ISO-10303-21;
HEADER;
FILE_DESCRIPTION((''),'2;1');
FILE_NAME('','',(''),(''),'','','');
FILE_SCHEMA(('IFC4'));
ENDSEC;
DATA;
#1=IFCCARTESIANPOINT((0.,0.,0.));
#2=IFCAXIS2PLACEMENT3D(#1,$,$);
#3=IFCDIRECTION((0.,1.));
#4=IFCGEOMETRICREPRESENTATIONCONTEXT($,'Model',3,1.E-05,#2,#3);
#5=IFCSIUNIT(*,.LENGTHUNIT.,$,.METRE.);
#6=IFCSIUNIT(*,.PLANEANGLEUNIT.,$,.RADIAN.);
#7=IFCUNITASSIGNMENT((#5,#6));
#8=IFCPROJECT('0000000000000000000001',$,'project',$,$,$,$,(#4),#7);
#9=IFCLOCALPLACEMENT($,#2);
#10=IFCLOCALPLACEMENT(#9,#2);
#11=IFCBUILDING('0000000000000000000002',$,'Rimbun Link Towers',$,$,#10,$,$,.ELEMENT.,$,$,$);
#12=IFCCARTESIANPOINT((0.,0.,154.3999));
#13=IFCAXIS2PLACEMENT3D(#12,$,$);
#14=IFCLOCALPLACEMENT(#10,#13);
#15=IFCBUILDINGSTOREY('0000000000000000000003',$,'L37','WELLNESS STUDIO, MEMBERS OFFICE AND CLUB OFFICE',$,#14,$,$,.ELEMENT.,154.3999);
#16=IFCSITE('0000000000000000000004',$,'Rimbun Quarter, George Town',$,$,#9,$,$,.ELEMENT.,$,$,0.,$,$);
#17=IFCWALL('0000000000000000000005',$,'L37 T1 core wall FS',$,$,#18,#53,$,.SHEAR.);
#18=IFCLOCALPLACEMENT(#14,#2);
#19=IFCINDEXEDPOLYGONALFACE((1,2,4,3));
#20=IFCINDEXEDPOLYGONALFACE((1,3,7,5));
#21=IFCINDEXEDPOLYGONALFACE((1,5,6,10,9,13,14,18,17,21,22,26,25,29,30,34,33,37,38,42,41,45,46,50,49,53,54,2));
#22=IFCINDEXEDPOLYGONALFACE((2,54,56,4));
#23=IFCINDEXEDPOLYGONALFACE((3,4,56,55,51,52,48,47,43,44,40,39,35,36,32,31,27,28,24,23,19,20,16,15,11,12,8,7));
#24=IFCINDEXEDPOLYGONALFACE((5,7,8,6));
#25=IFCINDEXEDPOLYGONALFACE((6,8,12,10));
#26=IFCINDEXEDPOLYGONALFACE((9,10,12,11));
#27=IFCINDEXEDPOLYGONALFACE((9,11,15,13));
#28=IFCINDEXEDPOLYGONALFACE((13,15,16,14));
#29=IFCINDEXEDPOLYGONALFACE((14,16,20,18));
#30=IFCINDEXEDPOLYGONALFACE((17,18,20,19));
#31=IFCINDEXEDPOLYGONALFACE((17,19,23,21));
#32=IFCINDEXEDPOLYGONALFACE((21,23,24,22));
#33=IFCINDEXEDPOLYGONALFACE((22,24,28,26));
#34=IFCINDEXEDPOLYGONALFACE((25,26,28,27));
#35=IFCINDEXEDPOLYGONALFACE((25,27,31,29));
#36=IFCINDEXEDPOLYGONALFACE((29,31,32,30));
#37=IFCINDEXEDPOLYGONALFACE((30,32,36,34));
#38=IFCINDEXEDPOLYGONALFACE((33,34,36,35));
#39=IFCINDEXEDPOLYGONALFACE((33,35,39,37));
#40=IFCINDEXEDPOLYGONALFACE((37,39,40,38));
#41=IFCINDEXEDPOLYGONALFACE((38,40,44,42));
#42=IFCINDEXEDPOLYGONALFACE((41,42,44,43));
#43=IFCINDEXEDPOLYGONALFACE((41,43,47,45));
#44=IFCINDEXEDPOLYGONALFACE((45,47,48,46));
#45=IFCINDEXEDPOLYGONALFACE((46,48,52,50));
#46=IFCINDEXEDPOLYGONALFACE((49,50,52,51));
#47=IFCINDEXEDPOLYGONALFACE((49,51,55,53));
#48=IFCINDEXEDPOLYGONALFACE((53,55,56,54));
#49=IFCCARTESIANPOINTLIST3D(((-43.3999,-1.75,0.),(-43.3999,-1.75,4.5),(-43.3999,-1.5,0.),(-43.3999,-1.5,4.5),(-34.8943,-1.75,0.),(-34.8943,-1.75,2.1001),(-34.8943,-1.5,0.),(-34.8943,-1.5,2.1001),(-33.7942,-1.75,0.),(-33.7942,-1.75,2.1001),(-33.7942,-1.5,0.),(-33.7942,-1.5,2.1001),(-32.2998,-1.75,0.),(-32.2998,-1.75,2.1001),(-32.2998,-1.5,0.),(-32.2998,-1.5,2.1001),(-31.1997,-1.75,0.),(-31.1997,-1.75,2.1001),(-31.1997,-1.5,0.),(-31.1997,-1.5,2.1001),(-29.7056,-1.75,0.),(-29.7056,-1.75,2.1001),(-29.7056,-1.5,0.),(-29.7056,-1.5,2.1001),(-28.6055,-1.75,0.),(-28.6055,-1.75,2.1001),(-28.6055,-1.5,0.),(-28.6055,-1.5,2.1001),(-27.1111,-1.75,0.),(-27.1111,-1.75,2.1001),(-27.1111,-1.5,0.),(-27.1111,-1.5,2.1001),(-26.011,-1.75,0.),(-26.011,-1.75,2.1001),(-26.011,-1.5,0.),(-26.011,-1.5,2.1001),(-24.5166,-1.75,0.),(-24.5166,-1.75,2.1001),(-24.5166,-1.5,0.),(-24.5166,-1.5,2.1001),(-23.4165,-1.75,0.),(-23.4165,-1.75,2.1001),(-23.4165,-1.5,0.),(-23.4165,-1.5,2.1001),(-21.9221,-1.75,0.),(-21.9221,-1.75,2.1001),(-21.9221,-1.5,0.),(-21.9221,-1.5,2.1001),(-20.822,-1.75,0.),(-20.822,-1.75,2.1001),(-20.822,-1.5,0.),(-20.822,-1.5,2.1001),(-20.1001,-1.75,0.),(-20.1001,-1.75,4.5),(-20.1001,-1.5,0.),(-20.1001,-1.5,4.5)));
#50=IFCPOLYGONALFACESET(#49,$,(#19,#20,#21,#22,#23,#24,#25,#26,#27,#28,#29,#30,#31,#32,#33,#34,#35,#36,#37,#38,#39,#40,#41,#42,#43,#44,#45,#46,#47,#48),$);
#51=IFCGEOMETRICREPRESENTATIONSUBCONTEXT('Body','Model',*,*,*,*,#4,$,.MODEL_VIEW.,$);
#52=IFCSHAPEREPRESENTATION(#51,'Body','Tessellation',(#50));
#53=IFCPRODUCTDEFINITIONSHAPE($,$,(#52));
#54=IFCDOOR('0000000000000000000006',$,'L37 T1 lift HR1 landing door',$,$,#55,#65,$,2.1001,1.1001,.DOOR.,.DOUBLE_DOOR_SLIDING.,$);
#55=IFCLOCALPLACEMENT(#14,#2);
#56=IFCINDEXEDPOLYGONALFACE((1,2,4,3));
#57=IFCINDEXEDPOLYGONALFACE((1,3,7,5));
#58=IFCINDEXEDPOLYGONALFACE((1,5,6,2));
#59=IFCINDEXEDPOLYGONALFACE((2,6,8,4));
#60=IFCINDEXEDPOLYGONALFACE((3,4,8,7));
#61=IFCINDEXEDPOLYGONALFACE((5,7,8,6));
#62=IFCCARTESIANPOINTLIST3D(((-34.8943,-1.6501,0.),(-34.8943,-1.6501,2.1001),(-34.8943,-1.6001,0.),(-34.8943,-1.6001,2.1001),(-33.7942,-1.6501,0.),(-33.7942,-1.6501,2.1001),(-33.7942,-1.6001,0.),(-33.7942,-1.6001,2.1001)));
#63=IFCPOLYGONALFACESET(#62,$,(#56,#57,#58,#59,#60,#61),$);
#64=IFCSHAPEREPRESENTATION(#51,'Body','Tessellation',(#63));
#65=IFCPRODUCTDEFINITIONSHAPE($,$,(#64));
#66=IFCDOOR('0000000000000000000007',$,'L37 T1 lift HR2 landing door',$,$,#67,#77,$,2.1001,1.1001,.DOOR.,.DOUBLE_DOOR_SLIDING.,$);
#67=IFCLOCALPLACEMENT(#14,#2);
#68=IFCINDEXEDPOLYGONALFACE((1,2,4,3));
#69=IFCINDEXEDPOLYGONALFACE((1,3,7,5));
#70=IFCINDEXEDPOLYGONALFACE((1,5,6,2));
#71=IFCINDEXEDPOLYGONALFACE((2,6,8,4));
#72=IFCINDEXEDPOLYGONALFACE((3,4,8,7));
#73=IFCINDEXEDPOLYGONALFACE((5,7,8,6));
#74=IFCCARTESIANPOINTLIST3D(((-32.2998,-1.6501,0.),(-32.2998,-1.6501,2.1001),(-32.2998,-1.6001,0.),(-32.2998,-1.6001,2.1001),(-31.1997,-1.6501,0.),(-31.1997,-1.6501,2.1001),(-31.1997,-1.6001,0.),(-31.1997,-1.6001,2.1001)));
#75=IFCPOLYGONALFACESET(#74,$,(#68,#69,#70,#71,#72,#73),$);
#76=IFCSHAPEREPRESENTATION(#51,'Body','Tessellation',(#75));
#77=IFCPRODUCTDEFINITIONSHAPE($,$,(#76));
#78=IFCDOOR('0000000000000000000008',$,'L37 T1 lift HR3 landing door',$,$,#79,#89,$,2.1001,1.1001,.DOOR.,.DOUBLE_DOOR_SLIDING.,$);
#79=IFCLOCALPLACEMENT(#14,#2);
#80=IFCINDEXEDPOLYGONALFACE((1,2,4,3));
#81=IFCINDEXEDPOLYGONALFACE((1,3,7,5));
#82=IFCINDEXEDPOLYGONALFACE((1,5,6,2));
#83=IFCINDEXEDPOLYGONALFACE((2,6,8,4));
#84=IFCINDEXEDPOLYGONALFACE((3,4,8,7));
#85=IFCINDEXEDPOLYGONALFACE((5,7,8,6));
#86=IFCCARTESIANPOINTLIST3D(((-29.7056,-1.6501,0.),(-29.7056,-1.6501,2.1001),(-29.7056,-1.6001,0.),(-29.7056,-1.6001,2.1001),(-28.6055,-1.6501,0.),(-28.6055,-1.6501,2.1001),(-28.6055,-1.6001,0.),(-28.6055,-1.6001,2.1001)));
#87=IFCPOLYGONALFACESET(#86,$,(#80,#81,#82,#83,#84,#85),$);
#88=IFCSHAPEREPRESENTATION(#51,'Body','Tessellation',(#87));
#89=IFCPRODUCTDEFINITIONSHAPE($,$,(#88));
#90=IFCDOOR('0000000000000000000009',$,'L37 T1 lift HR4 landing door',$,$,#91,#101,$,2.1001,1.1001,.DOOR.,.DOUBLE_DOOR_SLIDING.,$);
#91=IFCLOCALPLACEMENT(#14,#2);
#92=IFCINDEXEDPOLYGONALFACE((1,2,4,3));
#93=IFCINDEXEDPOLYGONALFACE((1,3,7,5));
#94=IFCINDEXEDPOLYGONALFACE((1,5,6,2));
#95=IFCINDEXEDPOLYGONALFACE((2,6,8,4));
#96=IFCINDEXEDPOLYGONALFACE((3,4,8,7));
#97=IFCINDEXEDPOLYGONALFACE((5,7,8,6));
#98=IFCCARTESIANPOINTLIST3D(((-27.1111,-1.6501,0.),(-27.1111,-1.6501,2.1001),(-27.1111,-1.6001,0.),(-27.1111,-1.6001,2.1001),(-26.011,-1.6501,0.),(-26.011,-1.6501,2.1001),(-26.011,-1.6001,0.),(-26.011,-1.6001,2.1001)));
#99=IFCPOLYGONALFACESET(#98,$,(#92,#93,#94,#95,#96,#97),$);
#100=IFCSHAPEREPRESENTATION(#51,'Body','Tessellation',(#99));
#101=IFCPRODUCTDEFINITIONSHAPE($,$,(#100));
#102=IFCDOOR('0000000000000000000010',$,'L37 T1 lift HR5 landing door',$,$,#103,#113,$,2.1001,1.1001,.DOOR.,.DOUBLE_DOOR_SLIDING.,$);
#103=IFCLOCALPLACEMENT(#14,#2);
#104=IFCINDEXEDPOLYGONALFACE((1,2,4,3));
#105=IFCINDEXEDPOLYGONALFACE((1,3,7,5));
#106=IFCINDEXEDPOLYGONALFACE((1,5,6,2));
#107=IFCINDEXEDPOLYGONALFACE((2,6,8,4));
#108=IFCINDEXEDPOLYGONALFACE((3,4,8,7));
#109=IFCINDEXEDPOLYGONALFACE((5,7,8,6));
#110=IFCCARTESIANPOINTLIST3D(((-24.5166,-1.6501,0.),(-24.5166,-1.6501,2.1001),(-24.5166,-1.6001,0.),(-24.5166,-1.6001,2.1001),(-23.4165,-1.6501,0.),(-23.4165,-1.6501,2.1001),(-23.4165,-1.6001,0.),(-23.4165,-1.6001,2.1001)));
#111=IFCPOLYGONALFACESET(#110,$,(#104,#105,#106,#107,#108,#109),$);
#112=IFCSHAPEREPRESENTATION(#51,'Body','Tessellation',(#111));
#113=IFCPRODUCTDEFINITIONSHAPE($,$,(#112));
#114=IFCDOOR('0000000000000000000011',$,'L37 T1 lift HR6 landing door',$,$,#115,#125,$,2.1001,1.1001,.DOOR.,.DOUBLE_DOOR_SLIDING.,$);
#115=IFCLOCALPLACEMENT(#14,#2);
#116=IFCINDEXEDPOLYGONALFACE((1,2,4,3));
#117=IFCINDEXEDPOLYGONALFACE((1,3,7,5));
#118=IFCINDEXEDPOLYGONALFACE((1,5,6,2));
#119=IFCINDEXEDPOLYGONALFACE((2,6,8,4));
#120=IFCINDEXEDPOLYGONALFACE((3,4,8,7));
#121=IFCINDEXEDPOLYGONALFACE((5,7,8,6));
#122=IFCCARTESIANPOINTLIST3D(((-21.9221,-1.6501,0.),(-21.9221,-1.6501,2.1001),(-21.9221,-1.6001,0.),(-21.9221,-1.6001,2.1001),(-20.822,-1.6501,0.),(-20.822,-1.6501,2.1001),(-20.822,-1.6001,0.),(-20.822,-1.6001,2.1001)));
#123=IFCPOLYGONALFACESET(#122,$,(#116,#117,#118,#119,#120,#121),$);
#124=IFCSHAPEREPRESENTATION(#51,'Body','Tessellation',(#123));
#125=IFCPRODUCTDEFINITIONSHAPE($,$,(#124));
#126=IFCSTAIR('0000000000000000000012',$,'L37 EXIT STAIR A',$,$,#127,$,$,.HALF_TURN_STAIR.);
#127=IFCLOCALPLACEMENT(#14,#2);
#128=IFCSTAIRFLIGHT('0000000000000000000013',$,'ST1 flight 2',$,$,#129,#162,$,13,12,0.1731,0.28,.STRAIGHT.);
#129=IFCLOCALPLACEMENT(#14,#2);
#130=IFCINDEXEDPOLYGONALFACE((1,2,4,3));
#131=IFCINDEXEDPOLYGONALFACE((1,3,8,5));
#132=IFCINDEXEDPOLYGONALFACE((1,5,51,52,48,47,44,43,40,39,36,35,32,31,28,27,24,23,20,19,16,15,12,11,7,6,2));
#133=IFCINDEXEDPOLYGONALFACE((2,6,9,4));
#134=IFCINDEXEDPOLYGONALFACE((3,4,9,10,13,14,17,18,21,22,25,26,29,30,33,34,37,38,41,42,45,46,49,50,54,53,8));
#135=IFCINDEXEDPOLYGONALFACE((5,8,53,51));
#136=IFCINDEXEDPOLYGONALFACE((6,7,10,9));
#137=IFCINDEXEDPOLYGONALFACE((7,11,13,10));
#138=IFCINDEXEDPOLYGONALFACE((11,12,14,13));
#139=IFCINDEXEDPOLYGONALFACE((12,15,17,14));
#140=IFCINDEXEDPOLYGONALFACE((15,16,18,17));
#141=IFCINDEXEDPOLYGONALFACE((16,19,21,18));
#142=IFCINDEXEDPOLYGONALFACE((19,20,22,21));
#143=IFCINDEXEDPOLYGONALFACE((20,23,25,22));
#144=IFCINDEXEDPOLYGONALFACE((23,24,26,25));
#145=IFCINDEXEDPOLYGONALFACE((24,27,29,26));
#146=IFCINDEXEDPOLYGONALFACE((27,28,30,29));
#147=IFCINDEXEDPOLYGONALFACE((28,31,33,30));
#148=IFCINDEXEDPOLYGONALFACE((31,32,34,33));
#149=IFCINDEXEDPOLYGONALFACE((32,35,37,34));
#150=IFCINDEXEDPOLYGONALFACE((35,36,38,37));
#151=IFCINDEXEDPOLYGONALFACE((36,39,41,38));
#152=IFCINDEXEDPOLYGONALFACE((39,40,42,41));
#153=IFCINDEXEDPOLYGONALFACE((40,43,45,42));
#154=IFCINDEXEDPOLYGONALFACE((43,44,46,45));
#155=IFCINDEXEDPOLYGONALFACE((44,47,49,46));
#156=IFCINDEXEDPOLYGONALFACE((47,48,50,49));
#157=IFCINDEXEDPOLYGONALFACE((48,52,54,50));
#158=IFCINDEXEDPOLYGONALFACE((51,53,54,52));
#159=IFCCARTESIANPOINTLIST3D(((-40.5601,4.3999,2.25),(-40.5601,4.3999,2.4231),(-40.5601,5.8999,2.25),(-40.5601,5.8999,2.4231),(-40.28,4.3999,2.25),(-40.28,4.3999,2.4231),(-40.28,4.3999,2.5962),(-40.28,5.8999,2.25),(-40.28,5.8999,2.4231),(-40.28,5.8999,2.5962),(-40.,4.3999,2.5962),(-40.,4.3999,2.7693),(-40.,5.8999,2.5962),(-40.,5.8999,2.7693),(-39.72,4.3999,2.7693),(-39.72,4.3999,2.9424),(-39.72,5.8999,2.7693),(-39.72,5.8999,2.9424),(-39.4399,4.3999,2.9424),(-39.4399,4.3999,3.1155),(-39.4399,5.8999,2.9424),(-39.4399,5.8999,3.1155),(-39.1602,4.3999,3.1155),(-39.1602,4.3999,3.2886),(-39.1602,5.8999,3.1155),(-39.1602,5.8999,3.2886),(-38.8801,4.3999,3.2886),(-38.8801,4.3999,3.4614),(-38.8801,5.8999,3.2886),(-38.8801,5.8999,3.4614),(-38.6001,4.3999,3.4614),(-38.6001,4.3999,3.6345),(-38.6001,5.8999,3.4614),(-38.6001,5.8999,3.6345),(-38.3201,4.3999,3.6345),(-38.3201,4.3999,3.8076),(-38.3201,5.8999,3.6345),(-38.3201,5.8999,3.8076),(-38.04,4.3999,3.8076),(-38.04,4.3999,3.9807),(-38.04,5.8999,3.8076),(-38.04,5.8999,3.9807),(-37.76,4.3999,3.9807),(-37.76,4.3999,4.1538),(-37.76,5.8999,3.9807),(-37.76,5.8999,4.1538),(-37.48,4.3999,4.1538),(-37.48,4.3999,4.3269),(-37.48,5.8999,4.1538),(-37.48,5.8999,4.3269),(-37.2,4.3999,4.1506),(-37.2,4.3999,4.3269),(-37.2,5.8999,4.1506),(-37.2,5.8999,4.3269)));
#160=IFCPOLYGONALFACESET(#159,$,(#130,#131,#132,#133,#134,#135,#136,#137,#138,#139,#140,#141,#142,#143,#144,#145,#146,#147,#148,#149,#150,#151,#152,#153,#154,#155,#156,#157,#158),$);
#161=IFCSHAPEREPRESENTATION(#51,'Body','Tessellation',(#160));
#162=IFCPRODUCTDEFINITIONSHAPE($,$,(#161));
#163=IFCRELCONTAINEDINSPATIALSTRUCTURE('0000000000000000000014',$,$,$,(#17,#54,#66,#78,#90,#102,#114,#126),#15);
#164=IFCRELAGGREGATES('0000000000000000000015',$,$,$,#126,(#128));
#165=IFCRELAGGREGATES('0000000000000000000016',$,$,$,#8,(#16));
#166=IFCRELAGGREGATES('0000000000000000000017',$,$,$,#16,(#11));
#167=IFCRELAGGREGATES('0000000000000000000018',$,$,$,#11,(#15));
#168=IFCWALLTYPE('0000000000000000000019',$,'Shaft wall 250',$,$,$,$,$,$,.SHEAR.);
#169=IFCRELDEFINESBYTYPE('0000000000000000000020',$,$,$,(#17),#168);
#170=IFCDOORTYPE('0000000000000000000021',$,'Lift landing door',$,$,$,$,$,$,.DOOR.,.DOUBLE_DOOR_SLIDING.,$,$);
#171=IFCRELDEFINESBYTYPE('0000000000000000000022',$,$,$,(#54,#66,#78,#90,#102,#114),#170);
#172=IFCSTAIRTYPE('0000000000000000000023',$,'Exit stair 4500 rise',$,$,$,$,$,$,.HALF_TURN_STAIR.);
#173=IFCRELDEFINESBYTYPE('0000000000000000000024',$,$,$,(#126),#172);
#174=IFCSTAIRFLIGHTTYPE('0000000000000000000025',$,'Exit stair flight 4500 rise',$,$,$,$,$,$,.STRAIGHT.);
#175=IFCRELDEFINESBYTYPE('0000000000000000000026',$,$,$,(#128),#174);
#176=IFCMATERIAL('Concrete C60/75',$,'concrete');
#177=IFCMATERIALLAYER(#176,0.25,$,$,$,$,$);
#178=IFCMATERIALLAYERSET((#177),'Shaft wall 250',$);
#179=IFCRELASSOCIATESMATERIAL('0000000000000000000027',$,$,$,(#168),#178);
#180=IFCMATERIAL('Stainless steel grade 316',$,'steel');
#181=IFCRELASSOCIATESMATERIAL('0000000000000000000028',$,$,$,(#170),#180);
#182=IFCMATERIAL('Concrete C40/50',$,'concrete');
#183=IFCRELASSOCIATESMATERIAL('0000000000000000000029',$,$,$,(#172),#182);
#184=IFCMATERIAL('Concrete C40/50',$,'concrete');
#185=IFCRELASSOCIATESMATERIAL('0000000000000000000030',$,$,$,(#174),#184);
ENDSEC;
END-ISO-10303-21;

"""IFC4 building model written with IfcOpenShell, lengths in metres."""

from ifc_helpers import new_model, si_unit, direction, frame, frame_2d, origin, place, context, subcontext, project, spatial, polyline, rectangle, outline, extrude, material, layer, layer_set, type_object, element, fill, aggregate, save


model = new_model("IFC4")

# Units and contexts
model_context = context("Model", 3, precision=1e-05, world=origin(), true_north=direction((0.0, 1.0)))
body_context = subcontext(model_context, "Body", "Model", "MODEL_VIEW")
ifc_project = project(units=[si_unit("LENGTHUNIT", "METRE"), si_unit("PLANEANGLEUNIT", "RADIAN")], contexts=[model_context])

# Site, building, storey
site_placement = place(None, origin())
site = spatial("IfcSite", under=ifc_project, at=site_placement, Name="Rimbun Quarter, George Town", CompositionType="ELEMENT", RefElevation=0.0)
building_placement = place(site_placement, origin())
building = spatial("IfcBuilding", under=site, at=building_placement, Name="Rimbun Link Towers", CompositionType="ELEMENT")
storey_placement = place(building_placement, frame((0.0, 0.0, 154.3999)))
storey = spatial("IfcBuildingStorey", under=building, at=storey_placement, Name="L37", Description="WELLNESS STUDIO, MEMBERS OFFICE AND CLUB OFFICE", CompositionType="ELEMENT", Elevation=154.3999)

# Shared definitions
ifc_material_1 = material(Name="Concrete C60/75", Category="concrete")
ifc_layer_1 = layer(ifc_material_1, 0.25)
ifc_layer_set_1 = layer_set([ifc_layer_1], Name="Shaft wall 250")
wall_type_1 = type_object("IfcWallType", Name="Shaft wall 250", PredefinedType="SHEAR", material=ifc_layer_set_1)

# Wall, openings, doors
wall_1_placement = place(storey_placement, frame((-43.3999, -1.625, 0.0), z_axis=(0.0, 0.0, 1.0), x_axis=(1.0, 0.0, 0.0)))
wall_1 = element("IfcWall", 1, at=wall_1_placement, inside=storey, type_object=wall_type_1, Name="L37 T1 core wall FS", PredefinedType="SHEAR", context=body_context, shape_type="SweptSolid", body=[
    extrude(rectangle(XDim=23.2998, YDim=0.25, at=frame_2d((11.6499, 0.0))), origin(), (0.0, 0.0, 1.0), 4.5),
])
opening_1_placement = place(wall_1_placement, frame((8.5056, 0.0, 0.0)))
opening_1 = element("IfcOpeningElement", 2, at=opening_1_placement, cuts=wall_1, PredefinedType="OPENING", context=body_context, shape_type="SweptSolid", body=[
    extrude(rectangle(XDim=1.1001, YDim=2.1001, at=frame_2d((0.55, 1.05))), frame((0.0, 0.135, 0.0), z_axis=(0.0, -1.0, 0.0), x_axis=(1.0, 0.0, 0.0)), (0.0, 0.0, 1.0), 0.27),
])
opening_2_placement = place(wall_1_placement, frame((11.1001, 0.0, 0.0)))
opening_2 = element("IfcOpeningElement", 3, at=opening_2_placement, cuts=wall_1, PredefinedType="OPENING", context=body_context, shape_type="SweptSolid", body=[
    extrude(rectangle(XDim=1.1001, YDim=2.1001, at=frame_2d((0.55, 1.05))), frame((0.0, 0.135, 0.0), z_axis=(0.0, -1.0, 0.0), x_axis=(1.0, 0.0, 0.0)), (0.0, 0.0, 1.0), 0.27),
])
opening_3_placement = place(wall_1_placement, frame((13.6943, 0.0, 0.0)))
opening_3 = element("IfcOpeningElement", 4, at=opening_3_placement, cuts=wall_1, PredefinedType="OPENING", context=body_context, shape_type="SweptSolid", body=[
    extrude(rectangle(XDim=1.1001, YDim=2.1001, at=frame_2d((0.55, 1.05))), frame((0.0, 0.135, 0.0), z_axis=(0.0, -1.0, 0.0), x_axis=(1.0, 0.0, 0.0)), (0.0, 0.0, 1.0), 0.27),
])
opening_4_placement = place(wall_1_placement, frame((16.2888, 0.0, 0.0)))
opening_4 = element("IfcOpeningElement", 5, at=opening_4_placement, cuts=wall_1, PredefinedType="OPENING", context=body_context, shape_type="SweptSolid", body=[
    extrude(rectangle(XDim=1.1001, YDim=2.1001, at=frame_2d((0.55, 1.05))), frame((0.0, 0.135, 0.0), z_axis=(0.0, -1.0, 0.0), x_axis=(1.0, 0.0, 0.0)), (0.0, 0.0, 1.0), 0.27),
])
opening_5_placement = place(wall_1_placement, frame((18.8833, 0.0, 0.0)))
opening_5 = element("IfcOpeningElement", 6, at=opening_5_placement, cuts=wall_1, PredefinedType="OPENING", context=body_context, shape_type="SweptSolid", body=[
    extrude(rectangle(XDim=1.1001, YDim=2.1001, at=frame_2d((0.55, 1.05))), frame((0.0, 0.135, 0.0), z_axis=(0.0, -1.0, 0.0), x_axis=(1.0, 0.0, 0.0)), (0.0, 0.0, 1.0), 0.27),
])
opening_6_placement = place(wall_1_placement, frame((21.4778, 0.0, 0.0)))
opening_6 = element("IfcOpeningElement", 7, at=opening_6_placement, cuts=wall_1, PredefinedType="OPENING", context=body_context, shape_type="SweptSolid", body=[
    extrude(rectangle(XDim=1.1001, YDim=2.1001, at=frame_2d((0.55, 1.05))), frame((0.0, 0.135, 0.0), z_axis=(0.0, -1.0, 0.0), x_axis=(1.0, 0.0, 0.0)), (0.0, 0.0, 1.0), 0.27),
])
ifc_material_2 = material(Name="Stainless steel grade 316", Category="steel")
door_type_1 = type_object("IfcDoorType", Name="Lift landing door", OperationType="DOUBLE_DOOR_SLIDING", PredefinedType="DOOR", material=ifc_material_2)
door_1_placement = place(opening_1_placement, origin())
door_1 = element("IfcDoor", 8, at=door_1_placement, inside=storey, type_object=door_type_1, Name="L37 T1 lift HR1 landing door", OperationType="DOUBLE_DOOR_SLIDING", OverallHeight=2.1001, OverallWidth=1.1001, PredefinedType="DOOR", context=body_context, shape_type="SweptSolid", body=[
    extrude(rectangle(XDim=1.1001, YDim=2.1001, at=frame_2d((0.55, 1.05))), frame((0.0, 0.0249, 0.0), z_axis=(0.0, -1.0, 0.0), x_axis=(1.0, 0.0, 0.0)), (0.0, 0.0, 1.0), 0.05),
])
fill(opening_1, door_1)
door_2_placement = place(opening_2_placement, origin())
door_2 = element("IfcDoor", 9, at=door_2_placement, inside=storey, type_object=door_type_1, Name="L37 T1 lift HR2 landing door", OperationType="DOUBLE_DOOR_SLIDING", OverallHeight=2.1001, OverallWidth=1.1001, PredefinedType="DOOR", context=body_context, shape_type="SweptSolid", body=[
    extrude(rectangle(XDim=1.1001, YDim=2.1001, at=frame_2d((0.55, 1.05))), frame((0.0, 0.0249, 0.0), z_axis=(0.0, -1.0, 0.0), x_axis=(1.0, 0.0, 0.0)), (0.0, 0.0, 1.0), 0.05),
])
fill(opening_2, door_2)
door_3_placement = place(opening_3_placement, origin())
door_3 = element("IfcDoor", 10, at=door_3_placement, inside=storey, type_object=door_type_1, Name="L37 T1 lift HR3 landing door", OperationType="DOUBLE_DOOR_SLIDING", OverallHeight=2.1001, OverallWidth=1.1001, PredefinedType="DOOR", context=body_context, shape_type="SweptSolid", body=[
    extrude(rectangle(XDim=1.1001, YDim=2.1001, at=frame_2d((0.55, 1.05))), frame((0.0, 0.0249, 0.0), z_axis=(0.0, -1.0, 0.0), x_axis=(1.0, 0.0, 0.0)), (0.0, 0.0, 1.0), 0.05),
])
fill(opening_3, door_3)
door_4_placement = place(opening_4_placement, origin())
door_4 = element("IfcDoor", 11, at=door_4_placement, inside=storey, type_object=door_type_1, Name="L37 T1 lift HR4 landing door", OperationType="DOUBLE_DOOR_SLIDING", OverallHeight=2.1001, OverallWidth=1.1001, PredefinedType="DOOR", context=body_context, shape_type="SweptSolid", body=[
    extrude(rectangle(XDim=1.1001, YDim=2.1001, at=frame_2d((0.55, 1.05))), frame((0.0, 0.0249, 0.0), z_axis=(0.0, -1.0, 0.0), x_axis=(1.0, 0.0, 0.0)), (0.0, 0.0, 1.0), 0.05),
])
fill(opening_4, door_4)
door_5_placement = place(opening_5_placement, origin())
door_5 = element("IfcDoor", 12, at=door_5_placement, inside=storey, type_object=door_type_1, Name="L37 T1 lift HR5 landing door", OperationType="DOUBLE_DOOR_SLIDING", OverallHeight=2.1001, OverallWidth=1.1001, PredefinedType="DOOR", context=body_context, shape_type="SweptSolid", body=[
    extrude(rectangle(XDim=1.1001, YDim=2.1001, at=frame_2d((0.55, 1.05))), frame((0.0, 0.0249, 0.0), z_axis=(0.0, -1.0, 0.0), x_axis=(1.0, 0.0, 0.0)), (0.0, 0.0, 1.0), 0.05),
])
fill(opening_5, door_5)
door_6_placement = place(opening_6_placement, origin())
door_6 = element("IfcDoor", 13, at=door_6_placement, inside=storey, type_object=door_type_1, Name="L37 T1 lift HR6 landing door", OperationType="DOUBLE_DOOR_SLIDING", OverallHeight=2.1001, OverallWidth=1.1001, PredefinedType="DOOR", context=body_context, shape_type="SweptSolid", body=[
    extrude(rectangle(XDim=1.1001, YDim=2.1001, at=frame_2d((0.55, 1.05))), frame((0.0, 0.0249, 0.0), z_axis=(0.0, -1.0, 0.0), x_axis=(1.0, 0.0, 0.0)), (0.0, 0.0, 1.0), 0.05),
])
fill(opening_6, door_6)

# Stair, stair flight
ifc_material_3 = material(Name="Concrete C40/50", Category="concrete")
stair_type = type_object("IfcStairType", Name="Exit stair 4500 rise", PredefinedType="HALF_TURN_STAIR", material=ifc_material_3)
stair_placement = place(storey_placement, origin())
stair = element("IfcStair", 14, at=stair_placement, inside=storey, type_object=stair_type, Name="L37 EXIT STAIR A", PredefinedType="HALF_TURN_STAIR")
ifc_material_4 = material(Name="Concrete C40/50", Category="concrete")
stair_flight_type = type_object("IfcStairFlightType", Name="Exit stair flight 4500 rise", PredefinedType="STRAIGHT", material=ifc_material_4)
stair_flight_placement = place(storey_placement, frame((-40.5601, 5.1499, 2.25), z_axis=(0.0, 0.0, 1.0), x_axis=(1.0, 0.0, 0.0)))
stair_flight = element("IfcStairFlight", 15, at=stair_flight_placement, type_object=stair_flight_type, Name="ST1 flight 2", NumberOfRisers=13, NumberOfTreads=12, PredefinedType="STRAIGHT", RiserHeight=0.1731, TreadLength=0.28, context=body_context, shape_type="SweptSolid", body=[
    extrude(outline(polyline([(0.0, 0.0), (0.0, 0.1731), (0.28, 0.1731), (0.28, 0.3462), (0.5601, 0.3462), (0.5601, 0.5193), (0.8401, 0.5193), (0.8401, 0.6924), (1.1201, 0.6924), (1.1201, 0.8655), (1.3999, 0.8655), (1.3999, 1.0386), (1.6799, 1.0386), (1.6799, 1.2114), (1.96, 1.2114), (1.96, 1.3845), (2.24, 1.3845), (2.24, 1.5576), (2.52, 1.5576), (2.52, 1.7307), (2.8, 1.7307), (2.8, 1.9038), (3.0801, 1.9038), (3.0801, 2.0769), (3.3601, 2.0769), (3.3601, 2.25), (3.3601, 1.9006), (0.28, 0.0), (0.0, 0.0)])), frame((0.0, 0.75, 0.0), z_axis=(0.0, -1.0, 0.0), x_axis=(1.0, 0.0, 0.0)), (0.0, 0.0, 1.0), 1.5),
])
aggregate(stair, [stair_flight])

save(model, "model.ifc")
